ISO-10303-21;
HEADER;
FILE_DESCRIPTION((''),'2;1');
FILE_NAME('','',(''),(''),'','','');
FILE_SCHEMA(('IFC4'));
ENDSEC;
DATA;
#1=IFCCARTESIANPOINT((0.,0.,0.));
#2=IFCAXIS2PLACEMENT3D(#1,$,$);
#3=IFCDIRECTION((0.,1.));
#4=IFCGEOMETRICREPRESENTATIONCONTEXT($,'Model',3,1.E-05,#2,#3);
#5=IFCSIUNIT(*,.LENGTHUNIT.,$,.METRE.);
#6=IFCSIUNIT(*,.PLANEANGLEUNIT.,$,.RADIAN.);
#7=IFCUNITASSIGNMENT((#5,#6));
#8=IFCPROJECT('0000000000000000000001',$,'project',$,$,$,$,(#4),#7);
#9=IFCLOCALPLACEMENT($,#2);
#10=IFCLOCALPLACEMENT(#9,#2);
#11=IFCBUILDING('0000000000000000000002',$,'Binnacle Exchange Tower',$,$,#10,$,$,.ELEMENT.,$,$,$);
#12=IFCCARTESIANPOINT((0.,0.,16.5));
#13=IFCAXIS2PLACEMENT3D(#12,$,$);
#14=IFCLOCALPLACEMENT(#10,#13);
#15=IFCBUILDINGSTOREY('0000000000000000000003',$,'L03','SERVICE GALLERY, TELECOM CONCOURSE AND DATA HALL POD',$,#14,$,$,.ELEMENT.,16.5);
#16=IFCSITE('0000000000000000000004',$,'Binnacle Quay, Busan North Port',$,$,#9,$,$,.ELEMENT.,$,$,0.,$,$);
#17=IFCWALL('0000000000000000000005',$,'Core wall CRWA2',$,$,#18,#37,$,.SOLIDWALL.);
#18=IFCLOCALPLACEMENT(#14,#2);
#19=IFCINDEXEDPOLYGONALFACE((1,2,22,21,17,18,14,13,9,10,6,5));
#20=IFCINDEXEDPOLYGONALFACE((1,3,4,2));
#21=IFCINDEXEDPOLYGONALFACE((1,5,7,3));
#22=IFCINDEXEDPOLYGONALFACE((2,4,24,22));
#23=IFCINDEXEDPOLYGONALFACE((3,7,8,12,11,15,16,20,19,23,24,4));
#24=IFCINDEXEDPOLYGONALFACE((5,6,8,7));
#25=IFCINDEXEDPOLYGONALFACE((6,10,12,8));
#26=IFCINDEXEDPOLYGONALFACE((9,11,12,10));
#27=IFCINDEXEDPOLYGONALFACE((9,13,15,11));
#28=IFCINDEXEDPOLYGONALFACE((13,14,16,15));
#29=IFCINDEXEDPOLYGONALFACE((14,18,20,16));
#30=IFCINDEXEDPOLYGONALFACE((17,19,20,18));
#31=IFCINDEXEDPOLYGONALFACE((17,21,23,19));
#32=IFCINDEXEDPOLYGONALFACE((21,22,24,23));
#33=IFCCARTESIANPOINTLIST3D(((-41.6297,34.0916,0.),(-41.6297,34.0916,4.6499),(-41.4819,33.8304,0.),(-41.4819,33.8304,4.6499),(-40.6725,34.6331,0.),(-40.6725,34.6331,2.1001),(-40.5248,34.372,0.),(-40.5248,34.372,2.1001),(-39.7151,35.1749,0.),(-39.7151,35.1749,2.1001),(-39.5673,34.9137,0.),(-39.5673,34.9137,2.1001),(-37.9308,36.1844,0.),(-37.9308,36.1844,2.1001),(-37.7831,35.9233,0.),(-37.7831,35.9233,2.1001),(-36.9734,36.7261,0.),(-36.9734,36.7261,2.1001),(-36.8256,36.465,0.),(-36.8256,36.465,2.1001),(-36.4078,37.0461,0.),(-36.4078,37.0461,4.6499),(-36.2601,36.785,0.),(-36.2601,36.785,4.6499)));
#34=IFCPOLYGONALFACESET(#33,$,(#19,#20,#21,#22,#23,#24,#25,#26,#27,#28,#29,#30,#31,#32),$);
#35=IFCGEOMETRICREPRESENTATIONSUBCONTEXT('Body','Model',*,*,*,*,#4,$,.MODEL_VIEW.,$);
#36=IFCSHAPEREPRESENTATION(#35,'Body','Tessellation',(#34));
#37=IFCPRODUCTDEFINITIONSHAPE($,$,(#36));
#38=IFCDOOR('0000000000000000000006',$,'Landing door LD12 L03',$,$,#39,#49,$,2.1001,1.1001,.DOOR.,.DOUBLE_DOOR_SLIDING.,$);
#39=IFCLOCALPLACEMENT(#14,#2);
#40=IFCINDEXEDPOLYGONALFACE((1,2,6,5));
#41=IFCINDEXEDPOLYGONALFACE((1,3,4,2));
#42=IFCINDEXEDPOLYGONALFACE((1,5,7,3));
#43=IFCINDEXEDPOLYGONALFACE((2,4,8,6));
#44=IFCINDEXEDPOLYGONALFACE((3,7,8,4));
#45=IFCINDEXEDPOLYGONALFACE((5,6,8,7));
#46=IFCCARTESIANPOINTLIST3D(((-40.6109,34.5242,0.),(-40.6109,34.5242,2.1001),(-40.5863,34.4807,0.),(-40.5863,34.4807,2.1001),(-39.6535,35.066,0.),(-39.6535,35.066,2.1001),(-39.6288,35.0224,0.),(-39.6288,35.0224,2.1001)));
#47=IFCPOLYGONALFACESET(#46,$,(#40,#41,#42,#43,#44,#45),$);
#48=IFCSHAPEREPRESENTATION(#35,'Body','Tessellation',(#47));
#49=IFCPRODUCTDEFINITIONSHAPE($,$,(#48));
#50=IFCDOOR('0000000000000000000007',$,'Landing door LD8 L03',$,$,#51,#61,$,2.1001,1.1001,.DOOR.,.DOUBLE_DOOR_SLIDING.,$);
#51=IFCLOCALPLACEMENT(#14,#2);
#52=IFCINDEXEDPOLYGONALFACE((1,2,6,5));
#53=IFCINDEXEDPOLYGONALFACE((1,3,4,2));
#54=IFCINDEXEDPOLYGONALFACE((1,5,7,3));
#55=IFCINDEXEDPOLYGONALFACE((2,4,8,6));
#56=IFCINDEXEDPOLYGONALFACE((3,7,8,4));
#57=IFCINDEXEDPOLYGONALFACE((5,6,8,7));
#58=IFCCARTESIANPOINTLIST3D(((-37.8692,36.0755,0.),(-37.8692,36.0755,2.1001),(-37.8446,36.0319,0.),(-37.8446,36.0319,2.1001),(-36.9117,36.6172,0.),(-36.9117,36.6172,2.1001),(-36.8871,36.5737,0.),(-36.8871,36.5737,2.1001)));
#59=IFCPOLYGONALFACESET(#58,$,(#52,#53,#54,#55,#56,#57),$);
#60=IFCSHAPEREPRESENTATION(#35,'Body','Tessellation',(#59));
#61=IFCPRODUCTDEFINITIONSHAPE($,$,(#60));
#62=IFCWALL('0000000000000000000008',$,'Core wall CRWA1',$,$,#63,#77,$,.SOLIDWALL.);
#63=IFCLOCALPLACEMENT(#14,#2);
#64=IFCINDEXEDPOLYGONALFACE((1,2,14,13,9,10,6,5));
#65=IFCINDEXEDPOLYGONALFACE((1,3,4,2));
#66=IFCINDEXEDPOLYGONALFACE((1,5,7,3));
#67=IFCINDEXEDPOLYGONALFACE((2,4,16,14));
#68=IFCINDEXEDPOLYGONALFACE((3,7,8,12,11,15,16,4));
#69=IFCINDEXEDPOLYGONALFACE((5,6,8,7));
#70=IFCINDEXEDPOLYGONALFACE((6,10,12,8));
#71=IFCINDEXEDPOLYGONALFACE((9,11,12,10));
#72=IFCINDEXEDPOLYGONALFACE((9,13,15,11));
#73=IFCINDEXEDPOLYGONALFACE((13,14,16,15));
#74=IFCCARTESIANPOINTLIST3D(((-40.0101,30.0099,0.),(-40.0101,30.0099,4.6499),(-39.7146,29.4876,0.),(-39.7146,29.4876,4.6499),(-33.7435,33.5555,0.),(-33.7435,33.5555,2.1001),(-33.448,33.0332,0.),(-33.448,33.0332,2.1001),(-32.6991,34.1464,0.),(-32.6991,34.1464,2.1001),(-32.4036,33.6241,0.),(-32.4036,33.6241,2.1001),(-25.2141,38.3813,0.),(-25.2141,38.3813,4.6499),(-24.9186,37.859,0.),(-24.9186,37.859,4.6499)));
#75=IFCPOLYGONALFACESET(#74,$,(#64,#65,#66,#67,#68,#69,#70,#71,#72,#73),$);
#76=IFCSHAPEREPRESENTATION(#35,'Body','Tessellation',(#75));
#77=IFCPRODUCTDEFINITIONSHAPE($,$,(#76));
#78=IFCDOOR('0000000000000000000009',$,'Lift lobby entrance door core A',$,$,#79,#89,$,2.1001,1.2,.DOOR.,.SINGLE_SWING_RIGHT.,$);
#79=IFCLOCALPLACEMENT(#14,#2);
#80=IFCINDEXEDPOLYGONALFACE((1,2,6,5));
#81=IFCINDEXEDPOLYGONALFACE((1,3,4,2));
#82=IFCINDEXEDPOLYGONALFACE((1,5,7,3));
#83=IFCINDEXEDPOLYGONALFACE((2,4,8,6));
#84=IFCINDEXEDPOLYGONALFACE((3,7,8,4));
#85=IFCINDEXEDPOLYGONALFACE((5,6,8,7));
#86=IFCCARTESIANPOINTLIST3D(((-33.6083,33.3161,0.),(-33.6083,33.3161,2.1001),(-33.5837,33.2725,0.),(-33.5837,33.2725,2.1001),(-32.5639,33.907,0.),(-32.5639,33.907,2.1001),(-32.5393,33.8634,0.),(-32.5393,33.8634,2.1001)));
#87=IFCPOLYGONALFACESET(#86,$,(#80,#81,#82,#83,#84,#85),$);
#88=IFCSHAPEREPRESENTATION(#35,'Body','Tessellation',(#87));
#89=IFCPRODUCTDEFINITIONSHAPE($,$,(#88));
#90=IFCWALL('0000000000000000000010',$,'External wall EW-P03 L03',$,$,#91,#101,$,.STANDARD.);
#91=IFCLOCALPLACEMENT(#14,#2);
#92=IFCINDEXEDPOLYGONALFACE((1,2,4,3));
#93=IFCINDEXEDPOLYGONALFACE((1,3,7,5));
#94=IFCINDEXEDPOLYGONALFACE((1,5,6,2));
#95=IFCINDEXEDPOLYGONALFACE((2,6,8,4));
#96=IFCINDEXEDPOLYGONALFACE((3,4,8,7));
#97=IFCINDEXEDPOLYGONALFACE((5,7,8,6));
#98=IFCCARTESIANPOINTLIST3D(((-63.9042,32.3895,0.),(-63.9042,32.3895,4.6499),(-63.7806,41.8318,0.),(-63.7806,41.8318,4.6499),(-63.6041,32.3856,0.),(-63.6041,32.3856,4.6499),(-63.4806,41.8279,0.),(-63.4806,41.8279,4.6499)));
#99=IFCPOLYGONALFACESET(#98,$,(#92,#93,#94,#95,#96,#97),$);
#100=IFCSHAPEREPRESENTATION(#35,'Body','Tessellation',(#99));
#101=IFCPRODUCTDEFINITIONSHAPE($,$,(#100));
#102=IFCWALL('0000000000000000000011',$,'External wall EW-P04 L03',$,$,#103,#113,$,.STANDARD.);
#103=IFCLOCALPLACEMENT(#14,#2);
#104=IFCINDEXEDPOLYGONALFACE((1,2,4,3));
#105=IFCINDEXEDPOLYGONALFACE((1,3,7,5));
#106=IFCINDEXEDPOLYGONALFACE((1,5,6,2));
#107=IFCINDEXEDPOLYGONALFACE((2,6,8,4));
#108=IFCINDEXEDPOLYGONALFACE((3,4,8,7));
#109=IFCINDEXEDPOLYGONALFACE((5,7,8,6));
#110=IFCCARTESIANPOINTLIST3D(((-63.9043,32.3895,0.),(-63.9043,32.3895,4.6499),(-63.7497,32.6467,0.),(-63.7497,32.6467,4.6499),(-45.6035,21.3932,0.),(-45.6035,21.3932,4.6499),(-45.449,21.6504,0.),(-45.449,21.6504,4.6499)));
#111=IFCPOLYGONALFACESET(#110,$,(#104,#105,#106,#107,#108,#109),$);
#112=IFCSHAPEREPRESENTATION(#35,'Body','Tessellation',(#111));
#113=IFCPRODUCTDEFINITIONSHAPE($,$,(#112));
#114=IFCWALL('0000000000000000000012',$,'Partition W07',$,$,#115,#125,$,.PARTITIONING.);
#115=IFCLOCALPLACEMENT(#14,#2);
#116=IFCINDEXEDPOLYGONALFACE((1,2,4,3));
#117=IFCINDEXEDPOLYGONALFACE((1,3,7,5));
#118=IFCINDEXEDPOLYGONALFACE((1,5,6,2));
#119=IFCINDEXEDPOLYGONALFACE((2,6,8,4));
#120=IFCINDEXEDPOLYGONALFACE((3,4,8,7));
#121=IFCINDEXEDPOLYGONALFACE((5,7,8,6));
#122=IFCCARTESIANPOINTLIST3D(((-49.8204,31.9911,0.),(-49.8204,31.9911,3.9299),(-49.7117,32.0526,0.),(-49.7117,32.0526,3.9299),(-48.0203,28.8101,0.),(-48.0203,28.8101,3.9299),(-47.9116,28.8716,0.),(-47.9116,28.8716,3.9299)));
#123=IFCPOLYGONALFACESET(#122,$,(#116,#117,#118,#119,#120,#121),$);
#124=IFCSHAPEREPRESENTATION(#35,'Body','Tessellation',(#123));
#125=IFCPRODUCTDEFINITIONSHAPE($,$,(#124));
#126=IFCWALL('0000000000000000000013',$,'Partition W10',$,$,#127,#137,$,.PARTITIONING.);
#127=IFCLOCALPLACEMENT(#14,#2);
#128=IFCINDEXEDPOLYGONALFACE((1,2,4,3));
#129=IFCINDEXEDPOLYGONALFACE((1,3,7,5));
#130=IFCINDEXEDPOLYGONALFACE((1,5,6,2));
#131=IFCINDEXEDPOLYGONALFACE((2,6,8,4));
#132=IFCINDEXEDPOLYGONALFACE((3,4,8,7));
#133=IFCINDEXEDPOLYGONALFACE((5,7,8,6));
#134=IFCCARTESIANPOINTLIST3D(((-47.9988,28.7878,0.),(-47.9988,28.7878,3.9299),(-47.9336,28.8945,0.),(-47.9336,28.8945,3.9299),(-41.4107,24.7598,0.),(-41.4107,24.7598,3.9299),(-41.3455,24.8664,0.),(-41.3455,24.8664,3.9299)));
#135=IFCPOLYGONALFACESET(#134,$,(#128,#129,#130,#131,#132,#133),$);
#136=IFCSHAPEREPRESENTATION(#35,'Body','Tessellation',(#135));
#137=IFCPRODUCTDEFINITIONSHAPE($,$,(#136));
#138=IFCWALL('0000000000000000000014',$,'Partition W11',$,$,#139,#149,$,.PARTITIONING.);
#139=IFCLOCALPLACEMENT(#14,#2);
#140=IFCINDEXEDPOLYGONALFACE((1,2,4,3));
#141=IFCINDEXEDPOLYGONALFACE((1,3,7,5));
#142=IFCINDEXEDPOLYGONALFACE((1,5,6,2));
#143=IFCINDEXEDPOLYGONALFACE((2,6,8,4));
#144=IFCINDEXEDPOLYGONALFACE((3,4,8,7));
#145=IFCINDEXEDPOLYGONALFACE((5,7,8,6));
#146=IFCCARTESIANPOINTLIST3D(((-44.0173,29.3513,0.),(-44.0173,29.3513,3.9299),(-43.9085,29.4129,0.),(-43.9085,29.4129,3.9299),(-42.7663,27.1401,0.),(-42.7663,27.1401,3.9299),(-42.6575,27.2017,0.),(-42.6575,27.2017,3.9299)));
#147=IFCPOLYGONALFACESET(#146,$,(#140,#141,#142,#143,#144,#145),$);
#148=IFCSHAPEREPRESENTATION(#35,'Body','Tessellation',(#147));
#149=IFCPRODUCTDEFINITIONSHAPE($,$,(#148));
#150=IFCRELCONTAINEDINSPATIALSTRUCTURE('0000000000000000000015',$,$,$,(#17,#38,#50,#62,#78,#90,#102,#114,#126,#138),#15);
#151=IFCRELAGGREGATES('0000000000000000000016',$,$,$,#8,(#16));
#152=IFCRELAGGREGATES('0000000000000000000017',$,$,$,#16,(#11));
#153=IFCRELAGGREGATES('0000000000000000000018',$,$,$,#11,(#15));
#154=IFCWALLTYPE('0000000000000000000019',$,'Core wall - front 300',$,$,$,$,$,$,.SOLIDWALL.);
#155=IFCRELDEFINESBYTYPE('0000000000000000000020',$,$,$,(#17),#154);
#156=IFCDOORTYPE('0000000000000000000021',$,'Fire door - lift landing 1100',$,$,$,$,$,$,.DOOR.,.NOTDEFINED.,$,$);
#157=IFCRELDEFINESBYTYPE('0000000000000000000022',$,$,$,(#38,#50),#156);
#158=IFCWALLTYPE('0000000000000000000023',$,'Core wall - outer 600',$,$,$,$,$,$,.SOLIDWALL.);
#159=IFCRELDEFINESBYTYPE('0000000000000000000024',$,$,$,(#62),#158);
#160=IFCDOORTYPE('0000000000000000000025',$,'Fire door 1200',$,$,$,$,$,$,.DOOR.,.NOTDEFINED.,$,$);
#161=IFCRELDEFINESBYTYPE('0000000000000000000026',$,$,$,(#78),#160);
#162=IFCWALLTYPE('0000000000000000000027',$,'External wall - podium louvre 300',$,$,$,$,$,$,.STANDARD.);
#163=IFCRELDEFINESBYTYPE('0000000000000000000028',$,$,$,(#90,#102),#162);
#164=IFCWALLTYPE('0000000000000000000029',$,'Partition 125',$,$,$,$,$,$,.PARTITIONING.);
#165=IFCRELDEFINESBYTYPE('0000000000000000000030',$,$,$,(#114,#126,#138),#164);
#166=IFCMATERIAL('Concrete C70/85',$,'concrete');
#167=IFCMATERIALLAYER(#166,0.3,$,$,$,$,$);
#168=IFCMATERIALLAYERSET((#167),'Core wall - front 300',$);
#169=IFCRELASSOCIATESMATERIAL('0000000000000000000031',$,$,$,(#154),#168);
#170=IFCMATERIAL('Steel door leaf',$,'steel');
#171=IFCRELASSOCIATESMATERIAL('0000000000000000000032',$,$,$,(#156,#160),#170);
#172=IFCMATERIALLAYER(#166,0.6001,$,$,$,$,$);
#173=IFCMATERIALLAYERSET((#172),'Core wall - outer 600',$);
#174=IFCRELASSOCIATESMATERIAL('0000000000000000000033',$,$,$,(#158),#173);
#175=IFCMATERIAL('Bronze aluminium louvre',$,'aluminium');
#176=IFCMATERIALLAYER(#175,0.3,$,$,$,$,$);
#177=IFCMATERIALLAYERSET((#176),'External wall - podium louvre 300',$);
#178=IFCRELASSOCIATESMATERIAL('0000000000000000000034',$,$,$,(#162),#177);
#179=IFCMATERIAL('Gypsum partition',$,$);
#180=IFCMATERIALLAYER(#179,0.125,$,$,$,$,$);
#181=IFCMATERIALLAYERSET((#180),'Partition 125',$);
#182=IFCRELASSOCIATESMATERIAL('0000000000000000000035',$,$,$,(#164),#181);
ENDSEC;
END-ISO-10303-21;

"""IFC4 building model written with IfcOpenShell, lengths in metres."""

from ifc_helpers import new_model, si_unit, direction, frame, frame_2d, origin, place, context, subcontext, project, spatial, rectangle, extrude, material, layer, layer_set, type_object, element, fill, save


model = new_model("IFC4")

# Units and contexts
model_context = context("Model", 3, precision=1e-05, world=origin(), true_north=direction((0.0, 1.0)))
body_context = subcontext(model_context, "Body", "Model", "MODEL_VIEW")
ifc_project = project(units=[si_unit("LENGTHUNIT", "METRE"), si_unit("PLANEANGLEUNIT", "RADIAN")], contexts=[model_context])

# Site, building, storey
site_placement = place(None, origin())
site = spatial("IfcSite", under=ifc_project, at=site_placement, Name="Binnacle Quay, Busan North Port", CompositionType="ELEMENT", RefElevation=0.0)
building_placement = place(site_placement, origin())
building = spatial("IfcBuilding", under=site, at=building_placement, Name="Binnacle Exchange Tower", CompositionType="ELEMENT")
storey_placement = place(building_placement, frame((0.0, 0.0, 16.5)))
storey = spatial("IfcBuildingStorey", under=building, at=storey_placement, Name="L03", Description="SERVICE GALLERY, TELECOM CONCOURSE AND DATA HALL POD", CompositionType="ELEMENT", Elevation=16.5)

# Shared definitions
ifc_material_1 = material(Name="Concrete C70/85", Category="concrete")

# Wall, openings, doors
ifc_layer_1 = layer(ifc_material_1, 0.3)
ifc_layer_set_1 = layer_set([ifc_layer_1], Name="Core wall - front 300")
wall_type_1 = type_object("IfcWallType", Name="Core wall - front 300", PredefinedType="SOLIDWALL", material=ifc_layer_set_1)
wall_1_placement = place(storey_placement, frame((-41.5559, 33.9609, 0.0), z_axis=(0.0, 0.0, 1.0), x_axis=(0.870344, 0.492445, 0.0)))
wall_1 = element("IfcWall", 1, at=wall_1_placement, inside=storey, type_object=wall_type_1, Name="Core wall CRWA2", PredefinedType="SOLIDWALL", context=body_context, shape_type="SweptSolid", body=[
    extrude(rectangle(XDim=5.9998, YDim=0.3, at=frame_2d((3.0, 0.0))), origin(), (0.0, 0.0, 1.0), 4.6499),
])
opening_1_placement = place(wall_1_placement, frame((1.0999, 0.0, 0.0)))
opening_1 = element("IfcOpeningElement", 2, at=opening_1_placement, cuts=wall_1, PredefinedType="OPENING", context=body_context, shape_type="SweptSolid", body=[
    extrude(rectangle(XDim=1.1001, YDim=2.1001, at=frame_2d((0.55, 1.05))), frame((0.0, 0.1599, 0.0), z_axis=(0.0, -1.0, 0.0), x_axis=(1.0, 0.0, 0.0)), (0.0, 0.0, 1.0), 0.3201),
])
opening_2_placement = place(wall_1_placement, frame((4.25, 0.0, 0.0)))
opening_2 = element("IfcOpeningElement", 3, at=opening_2_placement, cuts=wall_1, PredefinedType="OPENING", context=body_context, shape_type="SweptSolid", body=[
    extrude(rectangle(XDim=1.1001, YDim=2.1001, at=frame_2d((0.55, 1.05))), frame((0.0, 0.1599, 0.0), z_axis=(0.0, -1.0, 0.0), x_axis=(1.0, 0.0, 0.0)), (0.0, 0.0, 1.0), 0.3201),
])
ifc_material_2 = material(Name="Steel door leaf", Category="steel")
door_type_1 = type_object("IfcDoorType", Name="Fire door - lift landing 1100", OperationType="NOTDEFINED", PredefinedType="DOOR", material=ifc_material_2)
door_1_placement = place(opening_1_placement, origin())
door_1 = element("IfcDoor", 4, at=door_1_placement, inside=storey, type_object=door_type_1, Name="Landing door LD12 L03", OperationType="DOUBLE_DOOR_SLIDING", OverallHeight=2.1001, OverallWidth=1.1001, PredefinedType="DOOR", context=body_context, shape_type="SweptSolid", body=[
    extrude(rectangle(XDim=1.1001, YDim=2.1001, at=frame_2d((0.55, 1.05))), frame((0.0, 0.0249, 0.0), z_axis=(0.0, -1.0, 0.0), x_axis=(1.0, 0.0, 0.0)), (0.0, 0.0, 1.0), 0.05),
])
fill(opening_1, door_1)
door_2_placement = place(opening_2_placement, origin())
door_2 = element("IfcDoor", 5, at=door_2_placement, inside=storey, type_object=door_type_1, Name="Landing door LD8 L03", OperationType="DOUBLE_DOOR_SLIDING", OverallHeight=2.1001, OverallWidth=1.1001, PredefinedType="DOOR", context=body_context, shape_type="SweptSolid", body=[
    extrude(rectangle(XDim=1.1001, YDim=2.1001, at=frame_2d((0.55, 1.05))), frame((0.0, 0.0249, 0.0), z_axis=(0.0, -1.0, 0.0), x_axis=(1.0, 0.0, 0.0)), (0.0, 0.0, 1.0), 0.05),
])
fill(opening_2, door_2)

# Wall, opening, door
ifc_layer_2 = layer(ifc_material_1, 0.6001)
ifc_layer_set_2 = layer_set([ifc_layer_2], Name="Core wall - outer 600")
wall_type_2 = type_object("IfcWallType", Name="Core wall - outer 600", PredefinedType="SOLIDWALL", material=ifc_layer_set_2)
wall_2_placement = place(storey_placement, frame((-39.8623, 29.7488, 0.0), z_axis=(0.0, 0.0, 1.0), x_axis=(0.87035, 0.492433, 0.0)))
wall_2 = element("IfcWall", 6, at=wall_2_placement, inside=storey, type_object=wall_type_2, Name="Core wall CRWA1", PredefinedType="SOLIDWALL", context=body_context, shape_type="SweptSolid", body=[
    extrude(rectangle(XDim=17.0, YDim=0.6001, at=frame_2d((8.5, 0.0))), origin(), (0.0, 0.0, 1.0), 4.6499),
])
opening_3_placement = place(wall_2_placement, frame((7.2, 0.0, 0.0)))
opening_3 = element("IfcOpeningElement", 7, at=opening_3_placement, cuts=wall_2, PredefinedType="OPENING", context=body_context, shape_type="SweptSolid", body=[
    extrude(rectangle(XDim=1.2, YDim=2.1001, at=frame_2d((0.6001, 1.05))), frame((0.0, 0.3101, 0.0), z_axis=(0.0, -1.0, 0.0), x_axis=(1.0, 0.0, 0.0)), (0.0, 0.0, 1.0), 0.6201),
])
door_type_2 = type_object("IfcDoorType", Name="Fire door 1200", OperationType="NOTDEFINED", PredefinedType="DOOR", material=ifc_material_2)
door_3_placement = place(opening_3_placement, frame((1.2, 0.0, 0.0), z_axis=(0.0, 0.0, 1.0), x_axis=(-1.0, 0.0, 0.0)))
door_3 = element("IfcDoor", 8, at=door_3_placement, inside=storey, type_object=door_type_2, Name="Lift lobby entrance door core A", OperationType="SINGLE_SWING_RIGHT", OverallHeight=2.1001, OverallWidth=1.2, PredefinedType="DOOR", context=body_context, shape_type="SweptSolid", body=[
    extrude(rectangle(XDim=1.2, YDim=2.1001, at=frame_2d((0.6001, 1.05))), frame((0.0, 0.0249, 0.0), z_axis=(0.0, -1.0, 0.0), x_axis=(1.0, 0.0, 0.0)), (0.0, 0.0, 1.0), 0.05),
])
fill(opening_3, door_3)

# Walls
ifc_material_3 = material(Name="Bronze aluminium louvre", Category="aluminium")
ifc_layer_3 = layer(ifc_material_3, 0.3)
ifc_layer_set_3 = layer_set([ifc_layer_3], Name="External wall - podium louvre 300")
wall_type_3 = type_object("IfcWallType", Name="External wall - podium louvre 300", PredefinedType="STANDARD", material=ifc_layer_set_3)
wall_3_placement = place(storey_placement, frame((-63.7542, 32.3875, 0.0), z_axis=(0.0, 0.0, 1.0), x_axis=(0.013082, 0.999914, 0.0)))
element("IfcWall", 9, at=wall_3_placement, inside=storey, type_object=wall_type_3, Name="External wall EW-P03 L03", PredefinedType="STANDARD", context=body_context, shape_type="SweptSolid", body=[
    extrude(rectangle(XDim=9.4431, YDim=0.3, at=frame_2d((4.7217, 0.0))), origin(), (0.0, 0.0, 1.0), 4.6499),
])
wall_4_placement = place(storey_placement, frame((-45.5261, 21.5217, 0.0), z_axis=(0.0, 0.0, 1.0), x_axis=(-0.857165, 0.515042, 0.0)))
element("IfcWall", 10, at=wall_4_placement, inside=storey, type_object=wall_type_3, Name="External wall EW-P04 L03", PredefinedType="STANDARD", context=body_context, shape_type="SweptSolid", body=[
    extrude(rectangle(XDim=21.3503, YDim=0.3, at=frame_2d((10.6753, 0.0))), origin(), (0.0, 0.0, 1.0), 4.6499),
])
ifc_material_4 = material(Name="Gypsum partition")
ifc_layer_4 = layer(ifc_material_4, 0.125)
ifc_layer_set_4 = layer_set([ifc_layer_4], Name="Partition 125")
wall_type_4 = type_object("IfcWallType", Name="Partition 125", PredefinedType="PARTITIONING", material=ifc_layer_set_4)
wall_5_placement = place(storey_placement, frame((-49.7661, 32.022, 0.0), z_axis=(0.0, 0.0, 1.0), x_axis=(0.492502, -0.870311, 0.0)))
element("IfcWall", 11, at=wall_5_placement, inside=storey, type_object=wall_type_4, Name="Partition W07", PredefinedType="PARTITIONING", context=body_context, shape_type="SweptSolid", body=[
    extrude(rectangle(XDim=3.655, YDim=0.125, at=frame_2d((1.8276, 0.0))), origin(), (0.0, 0.0, 1.0), 3.9299),
])
wall_6_placement = place(storey_placement, frame((-47.9661, 28.8411, 0.0), z_axis=(0.0, 0.0, 1.0), x_axis=(0.853167, -0.521638, 0.0)))
element("IfcWall", 12, at=wall_6_placement, inside=storey, type_object=wall_type_4, Name="Partition W10", PredefinedType="PARTITIONING", context=body_context, shape_type="SweptSolid", body=[
    extrude(rectangle(XDim=7.7219, YDim=0.125, at=frame_2d((3.8608, 0.0))), origin(), (0.0, 0.0, 1.0), 3.9299),
])
wall_7_placement = place(storey_placement, frame((-43.9629, 29.3821, 0.0), z_axis=(0.0, 0.0, 1.0), x_axis=(0.492409, -0.870364, 0.0)))
element("IfcWall", 13, at=wall_7_placement, inside=storey, type_object=wall_type_4, Name="Partition W11", PredefinedType="PARTITIONING", context=body_context, shape_type="SweptSolid", body=[
    extrude(rectangle(XDim=2.5405, YDim=0.125, at=frame_2d((1.2703, 0.0))), origin(), (0.0, 0.0, 1.0), 3.9299),
])

save(model, "model.ifc")
